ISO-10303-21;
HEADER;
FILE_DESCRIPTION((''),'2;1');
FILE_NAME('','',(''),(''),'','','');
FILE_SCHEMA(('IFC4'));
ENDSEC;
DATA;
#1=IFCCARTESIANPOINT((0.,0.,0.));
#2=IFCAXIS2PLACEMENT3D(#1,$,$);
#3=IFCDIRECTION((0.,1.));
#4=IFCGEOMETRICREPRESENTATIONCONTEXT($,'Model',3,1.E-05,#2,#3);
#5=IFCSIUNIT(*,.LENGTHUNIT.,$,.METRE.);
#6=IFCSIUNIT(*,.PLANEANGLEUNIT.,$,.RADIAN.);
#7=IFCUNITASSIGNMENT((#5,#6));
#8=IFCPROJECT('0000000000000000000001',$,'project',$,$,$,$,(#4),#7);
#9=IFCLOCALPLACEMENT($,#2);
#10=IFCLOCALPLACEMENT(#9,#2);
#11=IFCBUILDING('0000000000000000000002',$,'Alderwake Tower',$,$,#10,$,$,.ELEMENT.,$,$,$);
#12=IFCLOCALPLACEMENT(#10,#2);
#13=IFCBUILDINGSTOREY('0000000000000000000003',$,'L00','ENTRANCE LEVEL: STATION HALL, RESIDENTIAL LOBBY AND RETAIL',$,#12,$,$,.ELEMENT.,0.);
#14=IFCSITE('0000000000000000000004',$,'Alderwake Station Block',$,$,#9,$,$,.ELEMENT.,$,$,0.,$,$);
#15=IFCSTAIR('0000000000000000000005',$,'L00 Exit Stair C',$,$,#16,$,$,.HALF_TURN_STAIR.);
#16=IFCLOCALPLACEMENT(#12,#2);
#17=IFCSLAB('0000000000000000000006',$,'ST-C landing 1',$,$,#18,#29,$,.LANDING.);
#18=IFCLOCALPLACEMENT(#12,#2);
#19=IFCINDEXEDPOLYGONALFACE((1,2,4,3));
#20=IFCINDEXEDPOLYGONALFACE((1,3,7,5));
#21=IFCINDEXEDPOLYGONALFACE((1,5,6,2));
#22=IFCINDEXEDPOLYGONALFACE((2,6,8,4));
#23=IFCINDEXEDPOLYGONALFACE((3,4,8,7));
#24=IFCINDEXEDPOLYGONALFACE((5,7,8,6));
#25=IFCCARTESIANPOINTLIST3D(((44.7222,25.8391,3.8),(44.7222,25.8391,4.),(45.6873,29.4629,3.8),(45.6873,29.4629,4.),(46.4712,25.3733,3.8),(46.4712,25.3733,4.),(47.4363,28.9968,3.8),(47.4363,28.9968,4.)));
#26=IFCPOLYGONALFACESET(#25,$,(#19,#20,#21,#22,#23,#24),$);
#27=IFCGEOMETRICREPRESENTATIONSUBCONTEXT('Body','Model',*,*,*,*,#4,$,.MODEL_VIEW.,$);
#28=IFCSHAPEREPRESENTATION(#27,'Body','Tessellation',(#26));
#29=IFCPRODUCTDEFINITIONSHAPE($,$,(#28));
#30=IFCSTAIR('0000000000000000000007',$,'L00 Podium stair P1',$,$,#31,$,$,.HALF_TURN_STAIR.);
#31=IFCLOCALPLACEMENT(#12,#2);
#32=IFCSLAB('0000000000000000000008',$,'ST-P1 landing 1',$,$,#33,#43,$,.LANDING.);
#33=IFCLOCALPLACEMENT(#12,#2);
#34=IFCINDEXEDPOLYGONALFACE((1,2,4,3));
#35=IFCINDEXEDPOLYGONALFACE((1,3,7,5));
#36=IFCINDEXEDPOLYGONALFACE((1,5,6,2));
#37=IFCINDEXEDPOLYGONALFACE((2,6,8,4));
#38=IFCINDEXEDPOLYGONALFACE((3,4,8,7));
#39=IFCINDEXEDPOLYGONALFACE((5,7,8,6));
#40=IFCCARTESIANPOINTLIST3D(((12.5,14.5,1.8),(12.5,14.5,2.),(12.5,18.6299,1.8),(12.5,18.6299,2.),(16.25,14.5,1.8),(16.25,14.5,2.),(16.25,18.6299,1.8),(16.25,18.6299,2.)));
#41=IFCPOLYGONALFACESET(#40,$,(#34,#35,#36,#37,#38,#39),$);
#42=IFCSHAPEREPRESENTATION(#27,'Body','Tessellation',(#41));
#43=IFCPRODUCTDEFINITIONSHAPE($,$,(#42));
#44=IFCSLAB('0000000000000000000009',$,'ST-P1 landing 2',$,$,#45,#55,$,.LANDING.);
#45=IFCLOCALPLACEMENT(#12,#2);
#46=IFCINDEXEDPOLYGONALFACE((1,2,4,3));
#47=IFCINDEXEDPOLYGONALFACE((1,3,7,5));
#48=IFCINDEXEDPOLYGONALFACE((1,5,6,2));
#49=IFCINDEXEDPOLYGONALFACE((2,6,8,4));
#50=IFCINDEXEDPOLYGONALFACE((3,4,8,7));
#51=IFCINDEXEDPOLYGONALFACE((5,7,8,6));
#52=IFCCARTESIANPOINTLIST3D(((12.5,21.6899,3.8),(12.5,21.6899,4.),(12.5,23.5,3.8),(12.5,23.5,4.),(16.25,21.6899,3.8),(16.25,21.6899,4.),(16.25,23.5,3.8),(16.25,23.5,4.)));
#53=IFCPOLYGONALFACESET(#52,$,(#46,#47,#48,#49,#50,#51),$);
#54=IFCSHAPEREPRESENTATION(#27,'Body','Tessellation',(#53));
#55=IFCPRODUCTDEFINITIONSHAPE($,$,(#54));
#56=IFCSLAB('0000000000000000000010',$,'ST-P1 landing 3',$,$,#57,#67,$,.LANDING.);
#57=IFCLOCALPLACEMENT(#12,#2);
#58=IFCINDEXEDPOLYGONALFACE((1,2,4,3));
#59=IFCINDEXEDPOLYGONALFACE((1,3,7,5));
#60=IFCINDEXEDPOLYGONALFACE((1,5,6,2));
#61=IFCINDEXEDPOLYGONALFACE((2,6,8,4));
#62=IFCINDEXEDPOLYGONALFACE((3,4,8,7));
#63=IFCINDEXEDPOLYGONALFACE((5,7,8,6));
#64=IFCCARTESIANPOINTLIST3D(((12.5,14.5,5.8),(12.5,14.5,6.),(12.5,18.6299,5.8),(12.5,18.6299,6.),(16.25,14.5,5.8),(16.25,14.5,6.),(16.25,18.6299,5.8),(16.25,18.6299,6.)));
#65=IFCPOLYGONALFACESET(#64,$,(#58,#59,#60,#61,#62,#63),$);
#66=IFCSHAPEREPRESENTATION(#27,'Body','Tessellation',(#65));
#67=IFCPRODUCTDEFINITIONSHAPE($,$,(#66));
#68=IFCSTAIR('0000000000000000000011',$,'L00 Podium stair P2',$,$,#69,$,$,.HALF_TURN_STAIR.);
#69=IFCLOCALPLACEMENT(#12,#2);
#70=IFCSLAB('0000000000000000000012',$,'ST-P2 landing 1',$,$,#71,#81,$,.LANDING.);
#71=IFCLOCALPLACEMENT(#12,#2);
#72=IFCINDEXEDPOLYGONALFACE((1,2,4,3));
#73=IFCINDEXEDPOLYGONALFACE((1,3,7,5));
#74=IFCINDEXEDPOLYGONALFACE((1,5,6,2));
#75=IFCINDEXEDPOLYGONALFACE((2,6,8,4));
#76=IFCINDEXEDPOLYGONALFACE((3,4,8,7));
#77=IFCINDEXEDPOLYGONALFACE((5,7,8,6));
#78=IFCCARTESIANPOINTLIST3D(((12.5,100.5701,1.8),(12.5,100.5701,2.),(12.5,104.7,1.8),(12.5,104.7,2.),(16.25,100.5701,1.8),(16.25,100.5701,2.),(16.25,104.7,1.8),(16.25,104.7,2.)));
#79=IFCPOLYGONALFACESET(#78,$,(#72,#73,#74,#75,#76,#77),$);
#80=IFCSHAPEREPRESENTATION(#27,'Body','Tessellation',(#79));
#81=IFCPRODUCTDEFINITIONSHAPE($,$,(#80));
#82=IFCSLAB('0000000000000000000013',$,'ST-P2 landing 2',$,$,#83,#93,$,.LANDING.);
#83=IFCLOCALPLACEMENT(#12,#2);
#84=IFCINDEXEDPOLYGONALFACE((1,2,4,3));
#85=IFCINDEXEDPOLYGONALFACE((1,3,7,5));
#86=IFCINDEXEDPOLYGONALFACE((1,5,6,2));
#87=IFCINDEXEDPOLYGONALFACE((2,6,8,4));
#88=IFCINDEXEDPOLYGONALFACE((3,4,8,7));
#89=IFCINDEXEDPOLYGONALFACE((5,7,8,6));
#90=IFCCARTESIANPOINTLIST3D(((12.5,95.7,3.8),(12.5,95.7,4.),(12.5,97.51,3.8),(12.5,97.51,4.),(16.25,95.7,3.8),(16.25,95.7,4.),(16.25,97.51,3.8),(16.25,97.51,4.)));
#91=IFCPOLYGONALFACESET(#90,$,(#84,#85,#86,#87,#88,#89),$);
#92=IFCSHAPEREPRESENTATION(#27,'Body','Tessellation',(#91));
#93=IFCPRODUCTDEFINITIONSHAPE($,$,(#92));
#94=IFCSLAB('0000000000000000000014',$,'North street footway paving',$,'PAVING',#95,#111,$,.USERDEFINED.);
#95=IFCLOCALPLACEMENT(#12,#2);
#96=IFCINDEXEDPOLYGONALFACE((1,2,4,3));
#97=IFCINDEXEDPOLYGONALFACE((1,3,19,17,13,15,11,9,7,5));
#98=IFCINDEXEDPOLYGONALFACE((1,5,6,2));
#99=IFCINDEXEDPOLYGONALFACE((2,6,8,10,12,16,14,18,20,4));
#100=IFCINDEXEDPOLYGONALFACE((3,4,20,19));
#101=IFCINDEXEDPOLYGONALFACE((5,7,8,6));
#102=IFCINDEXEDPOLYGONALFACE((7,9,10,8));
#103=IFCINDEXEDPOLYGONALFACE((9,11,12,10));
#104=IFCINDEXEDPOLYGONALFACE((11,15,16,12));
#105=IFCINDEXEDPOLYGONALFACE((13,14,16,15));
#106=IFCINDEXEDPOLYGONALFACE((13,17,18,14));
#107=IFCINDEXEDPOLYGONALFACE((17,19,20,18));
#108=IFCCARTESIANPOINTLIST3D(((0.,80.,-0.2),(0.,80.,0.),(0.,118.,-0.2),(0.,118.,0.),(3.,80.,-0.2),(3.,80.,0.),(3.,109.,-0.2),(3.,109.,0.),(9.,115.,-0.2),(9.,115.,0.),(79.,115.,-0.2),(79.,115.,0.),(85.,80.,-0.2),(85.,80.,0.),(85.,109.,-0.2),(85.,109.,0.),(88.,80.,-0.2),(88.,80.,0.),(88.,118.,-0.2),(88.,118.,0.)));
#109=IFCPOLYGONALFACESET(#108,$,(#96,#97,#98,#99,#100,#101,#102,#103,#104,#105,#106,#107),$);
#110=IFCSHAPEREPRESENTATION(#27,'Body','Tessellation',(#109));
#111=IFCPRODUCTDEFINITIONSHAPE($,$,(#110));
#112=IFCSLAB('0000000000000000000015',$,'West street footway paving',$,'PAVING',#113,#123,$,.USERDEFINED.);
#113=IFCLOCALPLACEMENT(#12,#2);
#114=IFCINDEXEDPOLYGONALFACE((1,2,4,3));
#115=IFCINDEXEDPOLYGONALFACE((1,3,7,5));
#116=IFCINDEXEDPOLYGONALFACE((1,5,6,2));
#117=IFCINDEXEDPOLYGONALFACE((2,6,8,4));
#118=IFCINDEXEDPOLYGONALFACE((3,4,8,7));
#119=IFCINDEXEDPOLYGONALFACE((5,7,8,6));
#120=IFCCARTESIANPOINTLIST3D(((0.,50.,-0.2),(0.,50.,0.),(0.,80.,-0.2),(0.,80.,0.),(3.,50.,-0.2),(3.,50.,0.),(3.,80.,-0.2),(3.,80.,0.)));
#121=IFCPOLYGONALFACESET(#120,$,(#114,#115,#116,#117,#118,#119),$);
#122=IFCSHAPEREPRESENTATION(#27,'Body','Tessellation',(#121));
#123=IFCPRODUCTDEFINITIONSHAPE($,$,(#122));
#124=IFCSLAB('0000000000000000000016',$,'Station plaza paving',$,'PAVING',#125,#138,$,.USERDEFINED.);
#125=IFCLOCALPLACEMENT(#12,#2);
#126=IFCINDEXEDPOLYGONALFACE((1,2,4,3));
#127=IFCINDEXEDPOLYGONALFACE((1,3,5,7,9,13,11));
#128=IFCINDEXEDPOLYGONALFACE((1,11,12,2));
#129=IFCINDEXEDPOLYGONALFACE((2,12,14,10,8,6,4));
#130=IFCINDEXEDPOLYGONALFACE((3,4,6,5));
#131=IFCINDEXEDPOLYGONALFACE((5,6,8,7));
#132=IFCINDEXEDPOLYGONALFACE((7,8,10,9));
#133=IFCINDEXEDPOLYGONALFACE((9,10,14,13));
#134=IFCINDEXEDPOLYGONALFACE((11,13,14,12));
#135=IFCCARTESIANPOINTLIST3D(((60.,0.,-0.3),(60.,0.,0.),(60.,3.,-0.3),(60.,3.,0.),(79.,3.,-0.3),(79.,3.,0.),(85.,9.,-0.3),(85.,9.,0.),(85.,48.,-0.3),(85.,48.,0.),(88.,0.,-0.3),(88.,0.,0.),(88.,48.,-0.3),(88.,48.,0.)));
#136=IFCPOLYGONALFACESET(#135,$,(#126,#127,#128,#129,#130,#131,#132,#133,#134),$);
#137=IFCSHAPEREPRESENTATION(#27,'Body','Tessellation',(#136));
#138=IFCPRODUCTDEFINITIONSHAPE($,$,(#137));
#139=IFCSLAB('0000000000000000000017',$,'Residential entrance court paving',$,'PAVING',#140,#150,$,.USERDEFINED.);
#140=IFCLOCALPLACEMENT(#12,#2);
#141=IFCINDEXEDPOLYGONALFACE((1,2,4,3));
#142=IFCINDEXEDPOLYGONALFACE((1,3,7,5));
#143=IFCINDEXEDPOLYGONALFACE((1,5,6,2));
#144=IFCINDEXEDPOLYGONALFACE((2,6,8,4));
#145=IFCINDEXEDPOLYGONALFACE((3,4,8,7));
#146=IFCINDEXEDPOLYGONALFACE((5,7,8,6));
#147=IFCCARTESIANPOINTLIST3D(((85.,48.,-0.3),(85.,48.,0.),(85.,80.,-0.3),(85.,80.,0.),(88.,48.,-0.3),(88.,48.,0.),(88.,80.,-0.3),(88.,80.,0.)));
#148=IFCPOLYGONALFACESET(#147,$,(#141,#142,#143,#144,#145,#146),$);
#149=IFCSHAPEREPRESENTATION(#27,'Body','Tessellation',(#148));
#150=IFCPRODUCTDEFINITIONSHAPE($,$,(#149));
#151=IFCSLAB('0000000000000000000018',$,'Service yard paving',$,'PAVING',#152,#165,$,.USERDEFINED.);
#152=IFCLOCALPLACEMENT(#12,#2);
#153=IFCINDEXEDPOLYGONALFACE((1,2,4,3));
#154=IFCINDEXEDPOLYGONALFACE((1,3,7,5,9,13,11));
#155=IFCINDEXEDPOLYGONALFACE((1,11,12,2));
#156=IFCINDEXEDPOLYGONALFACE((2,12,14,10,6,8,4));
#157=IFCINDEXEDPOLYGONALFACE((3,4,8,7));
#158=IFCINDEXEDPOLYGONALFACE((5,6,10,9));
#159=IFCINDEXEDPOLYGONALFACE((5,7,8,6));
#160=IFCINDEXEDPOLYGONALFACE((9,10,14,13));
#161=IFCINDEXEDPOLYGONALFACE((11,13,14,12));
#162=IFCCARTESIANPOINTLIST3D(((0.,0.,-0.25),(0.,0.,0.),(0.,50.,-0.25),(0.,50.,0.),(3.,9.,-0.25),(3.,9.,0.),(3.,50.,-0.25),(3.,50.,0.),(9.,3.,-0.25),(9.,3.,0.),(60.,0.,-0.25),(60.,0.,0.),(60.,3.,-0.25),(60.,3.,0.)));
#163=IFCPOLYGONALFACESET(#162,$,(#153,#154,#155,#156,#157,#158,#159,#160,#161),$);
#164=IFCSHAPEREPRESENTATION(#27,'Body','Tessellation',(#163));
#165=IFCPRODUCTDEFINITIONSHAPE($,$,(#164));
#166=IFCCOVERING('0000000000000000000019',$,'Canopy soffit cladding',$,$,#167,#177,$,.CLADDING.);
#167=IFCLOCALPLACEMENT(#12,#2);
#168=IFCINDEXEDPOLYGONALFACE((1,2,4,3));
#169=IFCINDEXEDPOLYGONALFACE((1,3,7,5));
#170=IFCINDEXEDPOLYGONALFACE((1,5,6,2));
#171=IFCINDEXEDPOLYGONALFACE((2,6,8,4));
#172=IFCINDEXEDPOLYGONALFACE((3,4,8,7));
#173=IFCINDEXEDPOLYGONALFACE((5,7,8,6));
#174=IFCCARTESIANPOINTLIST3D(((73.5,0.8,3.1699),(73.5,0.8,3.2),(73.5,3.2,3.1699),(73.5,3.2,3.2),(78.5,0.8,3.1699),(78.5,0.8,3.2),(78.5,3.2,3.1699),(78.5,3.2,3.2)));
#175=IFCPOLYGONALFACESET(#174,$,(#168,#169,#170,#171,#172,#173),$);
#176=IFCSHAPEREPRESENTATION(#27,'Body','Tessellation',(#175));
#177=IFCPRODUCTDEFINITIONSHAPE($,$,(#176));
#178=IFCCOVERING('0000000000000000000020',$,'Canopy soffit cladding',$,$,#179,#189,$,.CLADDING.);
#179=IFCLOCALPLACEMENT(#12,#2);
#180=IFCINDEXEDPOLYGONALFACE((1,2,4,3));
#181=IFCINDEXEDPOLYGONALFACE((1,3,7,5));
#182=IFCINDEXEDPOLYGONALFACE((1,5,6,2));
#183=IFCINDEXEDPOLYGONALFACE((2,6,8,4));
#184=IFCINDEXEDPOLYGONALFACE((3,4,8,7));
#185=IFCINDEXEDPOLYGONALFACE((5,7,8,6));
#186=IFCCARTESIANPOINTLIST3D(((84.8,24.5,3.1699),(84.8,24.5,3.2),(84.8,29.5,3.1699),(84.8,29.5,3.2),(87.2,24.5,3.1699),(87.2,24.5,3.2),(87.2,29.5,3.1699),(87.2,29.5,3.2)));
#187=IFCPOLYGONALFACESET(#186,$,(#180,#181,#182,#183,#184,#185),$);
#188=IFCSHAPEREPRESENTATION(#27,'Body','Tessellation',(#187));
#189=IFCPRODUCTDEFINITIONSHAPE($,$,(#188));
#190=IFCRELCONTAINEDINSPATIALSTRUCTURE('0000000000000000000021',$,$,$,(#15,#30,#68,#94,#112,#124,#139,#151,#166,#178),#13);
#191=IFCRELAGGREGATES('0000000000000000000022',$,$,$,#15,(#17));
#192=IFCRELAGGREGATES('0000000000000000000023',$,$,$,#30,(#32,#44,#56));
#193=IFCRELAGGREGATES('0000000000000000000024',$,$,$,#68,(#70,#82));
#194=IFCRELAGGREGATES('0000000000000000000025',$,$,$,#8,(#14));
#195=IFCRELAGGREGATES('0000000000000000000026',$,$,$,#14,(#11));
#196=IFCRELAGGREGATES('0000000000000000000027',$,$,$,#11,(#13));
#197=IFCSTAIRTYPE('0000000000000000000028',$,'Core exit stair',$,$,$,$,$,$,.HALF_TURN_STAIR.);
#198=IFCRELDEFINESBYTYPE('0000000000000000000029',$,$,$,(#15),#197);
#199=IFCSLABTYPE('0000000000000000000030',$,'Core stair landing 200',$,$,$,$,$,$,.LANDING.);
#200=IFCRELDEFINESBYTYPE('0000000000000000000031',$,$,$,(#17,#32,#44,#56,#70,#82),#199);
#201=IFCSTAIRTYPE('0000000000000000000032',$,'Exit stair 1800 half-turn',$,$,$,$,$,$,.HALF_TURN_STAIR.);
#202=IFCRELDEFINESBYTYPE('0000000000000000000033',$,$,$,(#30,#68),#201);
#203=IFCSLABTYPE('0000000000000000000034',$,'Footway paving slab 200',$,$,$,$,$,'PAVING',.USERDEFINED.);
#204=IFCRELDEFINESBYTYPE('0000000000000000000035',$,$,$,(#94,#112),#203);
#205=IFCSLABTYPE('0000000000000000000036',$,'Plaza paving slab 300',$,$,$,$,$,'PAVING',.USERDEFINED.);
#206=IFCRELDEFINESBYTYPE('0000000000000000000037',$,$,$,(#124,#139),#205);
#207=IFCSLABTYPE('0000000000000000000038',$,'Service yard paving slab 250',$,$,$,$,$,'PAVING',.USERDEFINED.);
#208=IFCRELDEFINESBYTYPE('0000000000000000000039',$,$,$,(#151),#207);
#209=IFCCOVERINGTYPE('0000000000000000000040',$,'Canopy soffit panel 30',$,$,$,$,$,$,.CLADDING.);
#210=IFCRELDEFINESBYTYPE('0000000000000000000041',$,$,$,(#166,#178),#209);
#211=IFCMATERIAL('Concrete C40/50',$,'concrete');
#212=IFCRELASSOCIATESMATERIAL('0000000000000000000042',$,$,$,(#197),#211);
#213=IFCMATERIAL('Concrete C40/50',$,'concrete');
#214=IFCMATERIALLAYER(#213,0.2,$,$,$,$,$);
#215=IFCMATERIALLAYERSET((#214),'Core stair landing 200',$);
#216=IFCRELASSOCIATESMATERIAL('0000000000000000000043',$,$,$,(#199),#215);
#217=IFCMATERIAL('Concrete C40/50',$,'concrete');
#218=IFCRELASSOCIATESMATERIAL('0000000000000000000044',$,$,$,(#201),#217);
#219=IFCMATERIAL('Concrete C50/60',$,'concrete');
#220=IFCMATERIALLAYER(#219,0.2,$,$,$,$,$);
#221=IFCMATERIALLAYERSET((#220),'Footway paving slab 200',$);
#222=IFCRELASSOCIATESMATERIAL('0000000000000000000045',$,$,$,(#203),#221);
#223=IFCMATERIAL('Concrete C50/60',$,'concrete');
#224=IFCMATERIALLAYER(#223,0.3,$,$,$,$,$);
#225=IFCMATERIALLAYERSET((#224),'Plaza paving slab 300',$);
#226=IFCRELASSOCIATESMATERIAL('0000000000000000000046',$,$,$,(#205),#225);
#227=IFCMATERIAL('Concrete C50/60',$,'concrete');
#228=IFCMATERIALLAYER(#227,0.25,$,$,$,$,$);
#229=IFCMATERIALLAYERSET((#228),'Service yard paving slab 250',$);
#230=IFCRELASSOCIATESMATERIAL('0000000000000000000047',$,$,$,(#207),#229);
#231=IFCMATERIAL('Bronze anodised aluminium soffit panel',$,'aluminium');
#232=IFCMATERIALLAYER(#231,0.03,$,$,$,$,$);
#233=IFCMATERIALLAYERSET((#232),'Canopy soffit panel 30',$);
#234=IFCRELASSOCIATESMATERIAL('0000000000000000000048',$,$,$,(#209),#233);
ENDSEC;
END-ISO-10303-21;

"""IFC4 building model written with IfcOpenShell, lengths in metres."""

from ifc_helpers import new_model, si_unit, direction, frame, origin, place, context, subcontext, project, spatial, polyline, outline, extrude, material, layer, layer_set, type_object, element, aggregate, save


model = new_model("IFC4")

# Units and contexts
model_context = context("Model", 3, precision=1e-05, world=origin(), true_north=direction((0.0, 1.0)))
body_context = subcontext(model_context, "Body", "Model", "MODEL_VIEW")
ifc_project = project(units=[si_unit("LENGTHUNIT", "METRE"), si_unit("PLANEANGLEUNIT", "RADIAN")], contexts=[model_context])

# Site, building, storey
site_placement = place(None, origin())
site = spatial("IfcSite", under=ifc_project, at=site_placement, Name="Alderwake Station Block", CompositionType="ELEMENT", RefElevation=0.0)
building_placement = place(site_placement, origin())
building = spatial("IfcBuilding", under=site, at=building_placement, Name="Alderwake Tower", CompositionType="ELEMENT")
storey_placement = place(building_placement, origin())
storey = spatial("IfcBuildingStorey", under=building, at=storey_placement, Name="L00", Description="ENTRANCE LEVEL: STATION HALL, RESIDENTIAL LOBBY AND RETAIL", CompositionType="ELEMENT", Elevation=0.0)

# Stair, slab
ifc_material_1 = material(Name="Concrete C40/50", Category="concrete")
stair_type_1 = type_object("IfcStairType", Name="Core exit stair", PredefinedType="HALF_TURN_STAIR", material=ifc_material_1)
ifc_material_2 = material(Name="Concrete C40/50", Category="concrete")
ifc_layer_1 = layer(ifc_material_2, 0.2)
ifc_layer_set_1 = layer_set([ifc_layer_1], Name="Core stair landing 200")
slab_type_1 = type_object("IfcSlabType", Name="Core stair landing 200", PredefinedType="LANDING", material=ifc_layer_set_1)
stair_1_placement = place(storey_placement, origin())
stair_1 = element("IfcStair", 1, at=stair_1_placement, inside=storey, type_object=stair_type_1, Name="L00 Exit Stair C", PredefinedType="HALF_TURN_STAIR")
slab_1_placement = place(storey_placement, frame((0.0, 0.0, 3.8)))
slab_1 = element("IfcSlab", 2, at=slab_1_placement, type_object=slab_type_1, Name="ST-C landing 1", PredefinedType="LANDING", context=body_context, shape_type="SweptSolid", body=[
    extrude(outline(polyline([(44.7222, 25.8391), (46.4712, 25.3733), (47.4363, 28.9968), (45.6873, 29.4629), (44.7222, 25.8391)])), origin(), (0.0, 0.0, 1.0), 0.2),
])
aggregate(stair_1, [slab_1])

# Stairs, slabs
ifc_material_3 = material(Name="Concrete C40/50", Category="concrete")
stair_type_2 = type_object("IfcStairType", Name="Exit stair 1800 half-turn", PredefinedType="HALF_TURN_STAIR", material=ifc_material_3)
stair_2_placement = place(storey_placement, origin())
stair_2 = element("IfcStair", 3, at=stair_2_placement, inside=storey, type_object=stair_type_2, Name="L00 Podium stair P1", PredefinedType="HALF_TURN_STAIR")
slab_2_placement = place(storey_placement, frame((0.0, 0.0, 1.8)))
slab_2 = element("IfcSlab", 4, at=slab_2_placement, type_object=slab_type_1, Name="ST-P1 landing 1", PredefinedType="LANDING", context=body_context, shape_type="SweptSolid", body=[
    extrude(outline(polyline([(12.5, 18.6299), (12.5, 14.5), (16.25, 14.5), (16.25, 18.6299), (12.5, 18.6299)])), origin(), (0.0, 0.0, 1.0), 0.2),
])
slab_3_placement = place(storey_placement, frame((0.0, 0.0, 3.8)))
slab_3 = element("IfcSlab", 5, at=slab_3_placement, type_object=slab_type_1, Name="ST-P1 landing 2", PredefinedType="LANDING", context=body_context, shape_type="SweptSolid", body=[
    extrude(outline(polyline([(12.5, 23.5), (12.5, 21.6899), (16.25, 21.6899), (16.25, 23.5), (12.5, 23.5)])), origin(), (0.0, 0.0, 1.0), 0.2),
])
slab_4_placement = place(storey_placement, frame((0.0, 0.0, 5.8)))
slab_4 = element("IfcSlab", 6, at=slab_4_placement, type_object=slab_type_1, Name="ST-P1 landing 3", PredefinedType="LANDING", context=body_context, shape_type="SweptSolid", body=[
    extrude(outline(polyline([(12.5, 18.6299), (12.5, 14.5), (16.25, 14.5), (16.25, 18.6299), (12.5, 18.6299)])), origin(), (0.0, 0.0, 1.0), 0.2),
])
aggregate(stair_2, [slab_2, slab_3, slab_4])
stair_3_placement = place(storey_placement, origin())
stair_3 = element("IfcStair", 7, at=stair_3_placement, inside=storey, type_object=stair_type_2, Name="L00 Podium stair P2", PredefinedType="HALF_TURN_STAIR")
slab_5_placement = place(storey_placement, frame((0.0, 0.0, 1.8)))
slab_5 = element("IfcSlab", 8, at=slab_5_placement, type_object=slab_type_1, Name="ST-P2 landing 1", PredefinedType="LANDING", context=body_context, shape_type="SweptSolid", body=[
    extrude(outline(polyline([(16.25, 100.5701), (16.25, 104.7), (12.5, 104.7), (12.5, 100.5701), (16.25, 100.5701)])), origin(), (0.0, 0.0, 1.0), 0.2),
])
slab_6_placement = place(storey_placement, frame((0.0, 0.0, 3.8)))
slab_6 = element("IfcSlab", 9, at=slab_6_placement, type_object=slab_type_1, Name="ST-P2 landing 2", PredefinedType="LANDING", context=body_context, shape_type="SweptSolid", body=[
    extrude(outline(polyline([(16.25, 95.7), (16.25, 97.51), (12.5, 97.51), (12.5, 95.7), (16.25, 95.7)])), origin(), (0.0, 0.0, 1.0), 0.2),
])
aggregate(stair_3, [slab_5, slab_6])

# Slabs
ifc_material_4 = material(Name="Concrete C50/60", Category="concrete")
ifc_layer_2 = layer(ifc_material_4, 0.2)
ifc_layer_set_2 = layer_set([ifc_layer_2], Name="Footway paving slab 200")
slab_type_2 = type_object("IfcSlabType", Name="Footway paving slab 200", ElementType="PAVING", PredefinedType="USERDEFINED", material=ifc_layer_set_2)
slab_7_placement = place(storey_placement, frame((0.0, 0.0, -0.2)))
element("IfcSlab", 10, at=slab_7_placement, inside=storey, type_object=slab_type_2, Name="North street footway paving", ObjectType="PAVING", PredefinedType="USERDEFINED", context=body_context, shape_type="SweptSolid", body=[
    extrude(outline(polyline([(88.0, 118.0), (0.0, 118.0), (0.0, 80.0), (3.0, 80.0), (3.0, 109.0), (9.0, 115.0), (79.0, 115.0), (85.0, 109.0), (85.0, 80.0), (88.0, 80.0), (88.0, 118.0)])), origin(), (0.0, 0.0, 1.0), 0.2),
])
slab_8_placement = place(storey_placement, frame((0.0, 0.0, -0.2)))
element("IfcSlab", 11, at=slab_8_placement, inside=storey, type_object=slab_type_2, Name="West street footway paving", ObjectType="PAVING", PredefinedType="USERDEFINED", context=body_context, shape_type="SweptSolid", body=[
    extrude(outline(polyline([(0.0, 80.0), (0.0, 50.0), (3.0, 50.0), (3.0, 80.0), (0.0, 80.0)])), origin(), (0.0, 0.0, 1.0), 0.2),
])
ifc_material_5 = material(Name="Concrete C50/60", Category="concrete")
ifc_layer_3 = layer(ifc_material_5, 0.3)
ifc_layer_set_3 = layer_set([ifc_layer_3], Name="Plaza paving slab 300")
slab_type_3 = type_object("IfcSlabType", Name="Plaza paving slab 300", ElementType="PAVING", PredefinedType="USERDEFINED", material=ifc_layer_set_3)
slab_9_placement = place(storey_placement, frame((0.0, 0.0, -0.3)))
element("IfcSlab", 12, at=slab_9_placement, inside=storey, type_object=slab_type_3, Name="Station plaza paving", ObjectType="PAVING", PredefinedType="USERDEFINED", context=body_context, shape_type="SweptSolid", body=[
    extrude(outline(polyline([(88.0, 0.0), (88.0, 48.0), (85.0, 48.0), (85.0, 9.0), (79.0, 3.0), (60.0, 3.0), (60.0, 0.0), (88.0, 0.0)])), origin(), (0.0, 0.0, 1.0), 0.3),
])
slab_10_placement = place(storey_placement, frame((0.0, 0.0, -0.3)))
element("IfcSlab", 13, at=slab_10_placement, inside=storey, type_object=slab_type_3, Name="Residential entrance court paving", ObjectType="PAVING", PredefinedType="USERDEFINED", context=body_context, shape_type="SweptSolid", body=[
    extrude(outline(polyline([(88.0, 48.0), (88.0, 80.0), (85.0, 80.0), (85.0, 48.0), (88.0, 48.0)])), origin(), (0.0, 0.0, 1.0), 0.3),
])
ifc_material_6 = material(Name="Concrete C50/60", Category="concrete")
ifc_layer_4 = layer(ifc_material_6, 0.25)
ifc_layer_set_4 = layer_set([ifc_layer_4], Name="Service yard paving slab 250")
slab_type_4 = type_object("IfcSlabType", Name="Service yard paving slab 250", ElementType="PAVING", PredefinedType="USERDEFINED", material=ifc_layer_set_4)
slab_11_placement = place(storey_placement, frame((0.0, 0.0, -0.25)))
element("IfcSlab", 14, at=slab_11_placement, inside=storey, type_object=slab_type_4, Name="Service yard paving", ObjectType="PAVING", PredefinedType="USERDEFINED", context=body_context, shape_type="SweptSolid", body=[
    extrude(outline(polyline([(0.0, 0.0), (60.0, 0.0), (60.0, 3.0), (9.0, 3.0), (3.0, 9.0), (3.0, 50.0), (0.0, 50.0), (0.0, 0.0)])), origin(), (0.0, 0.0, 1.0), 0.25),
])

# Coverings
ifc_material_7 = material(Name="Bronze anodised aluminium soffit panel", Category="aluminium")
ifc_layer_5 = layer(ifc_material_7, 0.03)
ifc_layer_set_5 = layer_set([ifc_layer_5], Name="Canopy soffit panel 30")
covering_type_1 = type_object("IfcCoveringType", Name="Canopy soffit panel 30", PredefinedType="CLADDING", material=ifc_layer_set_5)
covering_1_placement = place(storey_placement, frame((0.0, 0.0, 3.1699)))
element("IfcCovering", 15, at=covering_1_placement, inside=storey, type_object=covering_type_1, Name="Canopy soffit cladding", PredefinedType="CLADDING", context=body_context, shape_type="SweptSolid", body=[
    extrude(outline(polyline([(73.5, 0.8), (78.5, 0.8), (78.5, 3.2), (73.5, 3.2), (73.5, 0.8)])), origin(), (0.0, 0.0, 1.0), 0.03),
])
covering_2_placement = place(storey_placement, frame((0.0, 0.0, 3.1699)))
element("IfcCovering", 16, at=covering_2_placement, inside=storey, type_object=covering_type_1, Name="Canopy soffit cladding", PredefinedType="CLADDING", context=body_context, shape_type="SweptSolid", body=[
    extrude(outline(polyline([(87.2, 24.5), (87.2, 29.5), (84.8, 29.5), (84.8, 24.5), (87.2, 24.5)])), origin(), (0.0, 0.0, 1.0), 0.03),
])

save(model, "model.ifc")
